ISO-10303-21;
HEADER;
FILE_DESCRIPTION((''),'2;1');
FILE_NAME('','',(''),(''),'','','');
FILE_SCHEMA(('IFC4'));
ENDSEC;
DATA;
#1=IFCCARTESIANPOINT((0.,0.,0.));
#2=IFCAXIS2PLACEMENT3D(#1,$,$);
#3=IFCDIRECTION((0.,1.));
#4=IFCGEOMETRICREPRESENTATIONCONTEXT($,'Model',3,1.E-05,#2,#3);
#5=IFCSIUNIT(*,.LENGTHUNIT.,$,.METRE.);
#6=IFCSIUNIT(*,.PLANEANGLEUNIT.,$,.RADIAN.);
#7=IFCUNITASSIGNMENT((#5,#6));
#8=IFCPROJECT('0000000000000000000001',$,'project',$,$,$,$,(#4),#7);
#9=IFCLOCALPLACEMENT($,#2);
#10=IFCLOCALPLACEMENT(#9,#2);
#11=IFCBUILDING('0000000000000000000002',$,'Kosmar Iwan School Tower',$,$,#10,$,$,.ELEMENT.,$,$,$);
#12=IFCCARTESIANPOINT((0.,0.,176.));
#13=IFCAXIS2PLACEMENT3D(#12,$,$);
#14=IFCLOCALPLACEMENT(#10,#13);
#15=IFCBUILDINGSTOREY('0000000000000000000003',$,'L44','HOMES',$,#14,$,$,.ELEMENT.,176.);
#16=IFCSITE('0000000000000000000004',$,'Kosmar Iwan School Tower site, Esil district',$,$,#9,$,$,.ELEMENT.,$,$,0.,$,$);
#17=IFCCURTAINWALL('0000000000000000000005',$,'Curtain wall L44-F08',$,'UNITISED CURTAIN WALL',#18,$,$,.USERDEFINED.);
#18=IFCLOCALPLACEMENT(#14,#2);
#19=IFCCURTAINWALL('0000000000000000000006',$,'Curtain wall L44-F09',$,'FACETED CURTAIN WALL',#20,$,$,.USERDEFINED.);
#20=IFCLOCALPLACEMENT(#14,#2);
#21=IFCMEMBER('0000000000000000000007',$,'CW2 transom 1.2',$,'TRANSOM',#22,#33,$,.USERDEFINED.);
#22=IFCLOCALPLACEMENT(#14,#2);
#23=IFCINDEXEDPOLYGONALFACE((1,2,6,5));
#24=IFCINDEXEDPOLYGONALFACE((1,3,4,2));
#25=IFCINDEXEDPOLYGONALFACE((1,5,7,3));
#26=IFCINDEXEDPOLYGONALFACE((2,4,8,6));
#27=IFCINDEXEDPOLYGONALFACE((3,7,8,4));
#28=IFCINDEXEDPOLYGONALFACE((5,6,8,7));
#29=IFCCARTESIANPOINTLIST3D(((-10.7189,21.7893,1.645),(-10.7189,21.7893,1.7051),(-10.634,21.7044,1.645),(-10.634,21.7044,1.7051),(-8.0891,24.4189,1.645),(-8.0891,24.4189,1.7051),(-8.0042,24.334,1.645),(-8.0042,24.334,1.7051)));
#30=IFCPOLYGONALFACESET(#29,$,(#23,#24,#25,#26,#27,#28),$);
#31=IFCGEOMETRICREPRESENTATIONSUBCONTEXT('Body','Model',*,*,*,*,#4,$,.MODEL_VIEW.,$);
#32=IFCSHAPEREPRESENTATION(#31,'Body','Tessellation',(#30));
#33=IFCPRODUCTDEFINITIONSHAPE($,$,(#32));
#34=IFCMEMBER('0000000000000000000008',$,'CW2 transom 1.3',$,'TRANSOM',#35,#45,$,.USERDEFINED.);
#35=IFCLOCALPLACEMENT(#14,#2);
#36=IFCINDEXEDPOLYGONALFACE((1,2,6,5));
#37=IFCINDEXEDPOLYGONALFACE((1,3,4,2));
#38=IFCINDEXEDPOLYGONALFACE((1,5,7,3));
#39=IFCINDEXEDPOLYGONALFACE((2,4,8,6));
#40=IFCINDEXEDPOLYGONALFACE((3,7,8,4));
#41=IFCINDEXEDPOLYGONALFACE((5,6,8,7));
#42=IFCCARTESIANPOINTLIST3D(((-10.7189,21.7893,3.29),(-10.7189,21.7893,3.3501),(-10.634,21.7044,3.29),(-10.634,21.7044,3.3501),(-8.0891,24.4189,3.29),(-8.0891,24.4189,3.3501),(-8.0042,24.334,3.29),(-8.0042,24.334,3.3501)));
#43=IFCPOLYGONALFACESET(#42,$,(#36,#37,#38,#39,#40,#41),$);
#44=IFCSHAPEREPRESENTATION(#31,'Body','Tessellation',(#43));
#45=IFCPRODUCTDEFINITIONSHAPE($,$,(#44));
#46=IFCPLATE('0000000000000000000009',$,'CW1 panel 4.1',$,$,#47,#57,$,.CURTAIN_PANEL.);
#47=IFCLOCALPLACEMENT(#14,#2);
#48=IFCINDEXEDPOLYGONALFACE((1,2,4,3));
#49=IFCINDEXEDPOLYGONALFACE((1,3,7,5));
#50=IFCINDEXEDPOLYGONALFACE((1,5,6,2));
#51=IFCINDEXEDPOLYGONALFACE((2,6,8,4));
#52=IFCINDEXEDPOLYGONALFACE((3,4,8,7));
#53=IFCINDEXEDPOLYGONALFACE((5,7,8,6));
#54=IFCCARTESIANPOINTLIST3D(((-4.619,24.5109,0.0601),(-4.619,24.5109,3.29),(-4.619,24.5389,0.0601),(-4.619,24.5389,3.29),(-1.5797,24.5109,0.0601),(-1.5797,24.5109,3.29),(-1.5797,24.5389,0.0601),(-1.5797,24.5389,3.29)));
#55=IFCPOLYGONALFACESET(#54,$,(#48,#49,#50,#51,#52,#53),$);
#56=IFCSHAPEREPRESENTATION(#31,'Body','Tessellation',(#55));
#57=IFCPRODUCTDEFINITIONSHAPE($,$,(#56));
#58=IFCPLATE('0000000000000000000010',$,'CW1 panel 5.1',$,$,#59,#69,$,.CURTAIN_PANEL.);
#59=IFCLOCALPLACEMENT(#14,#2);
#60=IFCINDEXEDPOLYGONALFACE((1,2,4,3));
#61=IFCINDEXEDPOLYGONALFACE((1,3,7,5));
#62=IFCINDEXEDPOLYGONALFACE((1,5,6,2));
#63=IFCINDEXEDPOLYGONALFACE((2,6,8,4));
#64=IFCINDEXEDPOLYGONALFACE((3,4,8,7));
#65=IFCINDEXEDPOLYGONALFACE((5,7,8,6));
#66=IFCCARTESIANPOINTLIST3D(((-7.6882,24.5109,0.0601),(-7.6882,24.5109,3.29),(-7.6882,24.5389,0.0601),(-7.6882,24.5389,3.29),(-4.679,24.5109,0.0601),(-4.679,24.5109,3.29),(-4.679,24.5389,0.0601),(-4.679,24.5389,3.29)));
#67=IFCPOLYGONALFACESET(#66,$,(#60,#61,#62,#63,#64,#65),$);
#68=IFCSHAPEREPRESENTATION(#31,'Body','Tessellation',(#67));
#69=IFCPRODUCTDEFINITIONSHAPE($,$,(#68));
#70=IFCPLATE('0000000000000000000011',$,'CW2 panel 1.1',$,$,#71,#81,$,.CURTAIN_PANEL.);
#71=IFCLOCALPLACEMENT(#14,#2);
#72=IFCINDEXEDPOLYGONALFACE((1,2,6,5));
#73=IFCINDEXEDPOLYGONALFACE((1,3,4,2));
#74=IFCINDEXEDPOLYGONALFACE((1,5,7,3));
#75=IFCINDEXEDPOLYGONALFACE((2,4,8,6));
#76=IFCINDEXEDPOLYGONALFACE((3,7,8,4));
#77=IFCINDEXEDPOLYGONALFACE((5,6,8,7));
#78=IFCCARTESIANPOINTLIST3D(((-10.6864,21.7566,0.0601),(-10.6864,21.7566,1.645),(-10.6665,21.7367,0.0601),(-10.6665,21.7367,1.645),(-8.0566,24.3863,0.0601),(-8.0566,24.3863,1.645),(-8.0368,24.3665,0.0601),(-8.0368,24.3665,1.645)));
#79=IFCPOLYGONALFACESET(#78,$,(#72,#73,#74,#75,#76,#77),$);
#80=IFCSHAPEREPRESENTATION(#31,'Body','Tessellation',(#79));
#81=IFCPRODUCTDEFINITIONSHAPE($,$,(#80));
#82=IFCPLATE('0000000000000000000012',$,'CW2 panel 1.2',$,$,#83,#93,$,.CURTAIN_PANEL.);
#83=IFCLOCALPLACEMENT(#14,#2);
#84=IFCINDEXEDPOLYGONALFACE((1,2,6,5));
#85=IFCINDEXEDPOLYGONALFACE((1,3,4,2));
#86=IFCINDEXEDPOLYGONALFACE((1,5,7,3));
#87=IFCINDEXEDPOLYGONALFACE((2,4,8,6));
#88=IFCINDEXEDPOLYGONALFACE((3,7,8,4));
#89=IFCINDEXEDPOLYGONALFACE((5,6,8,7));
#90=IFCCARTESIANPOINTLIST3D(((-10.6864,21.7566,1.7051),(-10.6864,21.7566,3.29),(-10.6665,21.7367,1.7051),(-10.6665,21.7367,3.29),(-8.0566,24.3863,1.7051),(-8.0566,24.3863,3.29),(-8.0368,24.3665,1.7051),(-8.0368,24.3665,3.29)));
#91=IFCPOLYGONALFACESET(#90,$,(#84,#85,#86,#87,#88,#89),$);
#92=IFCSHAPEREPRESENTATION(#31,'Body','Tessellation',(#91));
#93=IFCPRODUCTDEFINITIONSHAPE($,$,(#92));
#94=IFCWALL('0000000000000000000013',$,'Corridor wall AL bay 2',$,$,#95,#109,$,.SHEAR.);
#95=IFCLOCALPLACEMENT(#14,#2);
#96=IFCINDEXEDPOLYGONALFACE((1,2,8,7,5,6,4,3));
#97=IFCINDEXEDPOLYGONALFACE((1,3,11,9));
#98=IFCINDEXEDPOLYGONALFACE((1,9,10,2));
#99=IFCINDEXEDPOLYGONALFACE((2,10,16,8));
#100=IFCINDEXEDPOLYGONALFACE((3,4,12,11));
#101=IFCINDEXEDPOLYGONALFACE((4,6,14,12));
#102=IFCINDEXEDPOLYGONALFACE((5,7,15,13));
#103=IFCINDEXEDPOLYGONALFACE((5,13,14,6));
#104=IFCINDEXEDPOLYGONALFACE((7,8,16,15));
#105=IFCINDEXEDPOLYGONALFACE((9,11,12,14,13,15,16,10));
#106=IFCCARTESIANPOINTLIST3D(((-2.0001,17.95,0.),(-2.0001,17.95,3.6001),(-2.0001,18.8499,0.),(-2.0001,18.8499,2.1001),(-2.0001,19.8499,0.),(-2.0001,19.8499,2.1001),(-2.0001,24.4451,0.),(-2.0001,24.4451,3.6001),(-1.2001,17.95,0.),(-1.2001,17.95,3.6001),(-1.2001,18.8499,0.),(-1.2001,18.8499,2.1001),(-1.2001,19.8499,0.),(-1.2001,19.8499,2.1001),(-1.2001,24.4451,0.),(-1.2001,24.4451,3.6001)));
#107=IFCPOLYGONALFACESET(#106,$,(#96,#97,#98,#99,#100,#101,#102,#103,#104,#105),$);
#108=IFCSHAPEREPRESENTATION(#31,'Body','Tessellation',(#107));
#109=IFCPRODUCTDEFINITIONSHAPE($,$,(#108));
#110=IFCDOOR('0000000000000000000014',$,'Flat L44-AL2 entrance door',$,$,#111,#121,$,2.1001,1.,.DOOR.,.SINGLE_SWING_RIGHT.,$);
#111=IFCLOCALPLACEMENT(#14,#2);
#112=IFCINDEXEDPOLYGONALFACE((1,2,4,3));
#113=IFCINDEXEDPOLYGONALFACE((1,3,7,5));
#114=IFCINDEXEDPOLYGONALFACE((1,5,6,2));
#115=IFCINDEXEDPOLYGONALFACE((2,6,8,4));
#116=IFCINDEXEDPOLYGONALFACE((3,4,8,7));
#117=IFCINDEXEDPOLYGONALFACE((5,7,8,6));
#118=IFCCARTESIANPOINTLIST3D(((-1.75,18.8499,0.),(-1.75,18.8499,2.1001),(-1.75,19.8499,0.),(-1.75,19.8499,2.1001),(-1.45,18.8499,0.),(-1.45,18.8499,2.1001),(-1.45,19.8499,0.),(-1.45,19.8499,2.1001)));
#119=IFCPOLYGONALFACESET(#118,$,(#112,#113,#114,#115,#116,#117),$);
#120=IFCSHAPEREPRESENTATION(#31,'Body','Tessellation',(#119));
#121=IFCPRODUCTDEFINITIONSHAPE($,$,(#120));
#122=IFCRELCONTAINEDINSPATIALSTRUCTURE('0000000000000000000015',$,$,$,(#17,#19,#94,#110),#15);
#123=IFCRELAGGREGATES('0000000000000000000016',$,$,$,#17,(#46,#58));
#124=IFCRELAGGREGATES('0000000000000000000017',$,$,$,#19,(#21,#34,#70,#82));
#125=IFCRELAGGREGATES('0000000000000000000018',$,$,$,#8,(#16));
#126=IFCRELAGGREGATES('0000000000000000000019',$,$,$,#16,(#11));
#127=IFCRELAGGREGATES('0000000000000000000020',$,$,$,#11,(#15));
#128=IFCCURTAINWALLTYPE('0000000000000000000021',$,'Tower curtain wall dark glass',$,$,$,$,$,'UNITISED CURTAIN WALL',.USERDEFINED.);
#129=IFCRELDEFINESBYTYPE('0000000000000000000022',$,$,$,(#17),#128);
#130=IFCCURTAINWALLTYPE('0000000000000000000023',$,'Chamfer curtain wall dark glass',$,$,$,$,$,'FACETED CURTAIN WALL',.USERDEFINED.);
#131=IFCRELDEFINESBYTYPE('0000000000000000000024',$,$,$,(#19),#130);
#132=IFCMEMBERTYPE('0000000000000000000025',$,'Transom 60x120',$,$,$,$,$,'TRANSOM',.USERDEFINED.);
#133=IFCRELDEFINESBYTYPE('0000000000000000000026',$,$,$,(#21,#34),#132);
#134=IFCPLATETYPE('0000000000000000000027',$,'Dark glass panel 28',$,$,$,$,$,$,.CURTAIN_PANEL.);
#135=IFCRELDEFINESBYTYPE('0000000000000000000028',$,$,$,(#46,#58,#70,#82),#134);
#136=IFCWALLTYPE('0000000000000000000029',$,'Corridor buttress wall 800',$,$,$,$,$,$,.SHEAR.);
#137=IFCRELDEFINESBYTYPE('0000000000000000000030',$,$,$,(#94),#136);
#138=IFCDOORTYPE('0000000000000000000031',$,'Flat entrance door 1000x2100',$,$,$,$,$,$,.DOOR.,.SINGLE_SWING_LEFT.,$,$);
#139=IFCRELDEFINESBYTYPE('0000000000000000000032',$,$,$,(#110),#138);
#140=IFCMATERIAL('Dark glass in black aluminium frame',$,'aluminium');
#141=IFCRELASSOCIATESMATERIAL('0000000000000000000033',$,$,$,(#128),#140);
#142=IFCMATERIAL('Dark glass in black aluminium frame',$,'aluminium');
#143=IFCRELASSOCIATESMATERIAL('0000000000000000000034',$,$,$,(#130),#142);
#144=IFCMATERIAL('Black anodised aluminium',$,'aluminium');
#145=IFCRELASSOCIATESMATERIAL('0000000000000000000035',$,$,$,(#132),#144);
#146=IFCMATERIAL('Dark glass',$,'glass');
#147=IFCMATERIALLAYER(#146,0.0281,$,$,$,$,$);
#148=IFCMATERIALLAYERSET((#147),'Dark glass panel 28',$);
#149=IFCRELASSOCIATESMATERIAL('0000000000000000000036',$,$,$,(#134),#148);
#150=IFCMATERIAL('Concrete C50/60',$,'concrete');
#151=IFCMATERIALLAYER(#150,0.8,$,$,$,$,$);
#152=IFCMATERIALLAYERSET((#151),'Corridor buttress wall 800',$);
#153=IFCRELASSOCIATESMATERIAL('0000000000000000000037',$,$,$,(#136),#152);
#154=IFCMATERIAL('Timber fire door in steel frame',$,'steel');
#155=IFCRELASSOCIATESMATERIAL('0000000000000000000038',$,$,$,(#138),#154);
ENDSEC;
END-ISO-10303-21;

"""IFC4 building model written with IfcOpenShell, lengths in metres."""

from ifc_helpers import new_model, si_unit, direction, frame, frame_2d, origin, origin_2d, place, context, subcontext, project, spatial, rectangle, extrude, material, layer, layer_set, material_profile, profile_set, type_object, element, fill, aggregate, save


model = new_model("IFC4")

# Units and contexts
model_context = context("Model", 3, precision=1e-05, world=origin(), true_north=direction((0.0, 1.0)))
body_context = subcontext(model_context, "Body", "Model", "MODEL_VIEW")
ifc_project = project(units=[si_unit("LENGTHUNIT", "METRE"), si_unit("PLANEANGLEUNIT", "RADIAN")], contexts=[model_context])

# Site, building, storey
site_placement = place(None, origin())
site = spatial("IfcSite", under=ifc_project, at=site_placement, Name="Kosmar Iwan School Tower site, Esil district", CompositionType="ELEMENT", RefElevation=0.0)
building_placement = place(site_placement, origin())
building = spatial("IfcBuilding", under=site, at=building_placement, Name="Kosmar Iwan School Tower", CompositionType="ELEMENT")
storey_placement = place(building_placement, frame((0.0, 0.0, 176.0)))
storey = spatial("IfcBuildingStorey", under=building, at=storey_placement, Name="L44", Description="HOMES", CompositionType="ELEMENT", Elevation=176.0)

# Curtain walls
ifc_material_1 = material(Name="Dark glass in black aluminium frame", Category="aluminium")
curtain_wall_type_1 = type_object("IfcCurtainWallType", Name="Tower curtain wall dark glass", ElementType="UNITISED CURTAIN WALL", PredefinedType="USERDEFINED", material=ifc_material_1)
curtain_wall_1_placement = place(storey_placement, origin())
curtain_wall_1 = element("IfcCurtainWall", 1, at=curtain_wall_1_placement, inside=storey, type_object=curtain_wall_type_1, Name="Curtain wall L44-F08", ObjectType="UNITISED CURTAIN WALL", PredefinedType="USERDEFINED")
ifc_material_2 = material(Name="Dark glass in black aluminium frame", Category="aluminium")
curtain_wall_type_2 = type_object("IfcCurtainWallType", Name="Chamfer curtain wall dark glass", ElementType="FACETED CURTAIN WALL", PredefinedType="USERDEFINED", material=ifc_material_2)
curtain_wall_2_placement = place(storey_placement, origin())
curtain_wall_2 = element("IfcCurtainWall", 2, at=curtain_wall_2_placement, inside=storey, type_object=curtain_wall_type_2, Name="Curtain wall L44-F09", ObjectType="FACETED CURTAIN WALL", PredefinedType="USERDEFINED")

# Members
ifc_material_3 = material(Name="Black anodised aluminium", Category="aluminium")
ifc_material_profile_1 = material_profile(ifc_material_3, rectangle(XDim=0.1201, YDim=0.0601, at=origin_2d()), Name="TRANSOM 60x120")
ifc_profile_set_1 = profile_set([ifc_material_profile_1], Name="Black anodised aluminium")
member_type_1 = type_object("IfcMemberType", Name="Transom 60x120", ElementType="TRANSOM", PredefinedType="USERDEFINED", material=ifc_profile_set_1)
member_1_placement = place(storey_placement, frame((-8.0466, 24.3765, 1.675), z_axis=(-0.70714, -0.707074, 0.0), x_axis=(0.707074, -0.70714, 0.0)))
member_1 = element("IfcMember", 3, at=member_1_placement, type_object=member_type_1, Name="CW2 transom 1.2", ObjectType="TRANSOM", PredefinedType="USERDEFINED", context=body_context, shape_type="SweptSolid", body=[
    extrude(rectangle(XDim=0.1201, YDim=0.0601, at=origin_2d()), origin(), (0.0, 0.0, 1.0), 3.719),
])
member_2_placement = place(storey_placement, frame((-8.0466, 24.3765, 3.3201), z_axis=(-0.70714, -0.707074, 0.0), x_axis=(0.707074, -0.70714, 0.0)))
member_2 = element("IfcMember", 4, at=member_2_placement, type_object=member_type_1, Name="CW2 transom 1.3", ObjectType="TRANSOM", PredefinedType="USERDEFINED", context=body_context, shape_type="SweptSolid", body=[
    extrude(rectangle(XDim=0.1201, YDim=0.0601, at=origin_2d()), origin(), (0.0, 0.0, 1.0), 3.719),
])

# Plates
ifc_material_4 = material(Name="Dark glass", Category="glass")
ifc_layer_1 = layer(ifc_material_4, 0.0281)
ifc_layer_set_1 = layer_set([ifc_layer_1], Name="Dark glass panel 28")
plate_type = type_object("IfcPlateType", Name="Dark glass panel 28", PredefinedType="CURTAIN_PANEL", material=ifc_layer_set_1)
plate_1_placement = place(storey_placement, frame((-3.0994, 24.5249, 0.0601), z_axis=(0.0, 0.0, 1.0), x_axis=(-1.0, 0.0, 0.0)))
plate_1 = element("IfcPlate", 5, at=plate_1_placement, type_object=plate_type, Name="CW1 panel 4.1", PredefinedType="CURTAIN_PANEL", context=body_context, shape_type="SweptSolid", body=[
    extrude(rectangle(XDim=3.0393, YDim=0.0281, at=origin_2d()), origin(), (0.0, 0.0, 1.0), 3.23),
])
plate_2_placement = place(storey_placement, frame((-6.1836, 24.5249, 0.0601), z_axis=(0.0, 0.0, 1.0), x_axis=(-1.0, 0.0, 0.0)))
plate_2 = element("IfcPlate", 6, at=plate_2_placement, type_object=plate_type, Name="CW1 panel 5.1", PredefinedType="CURTAIN_PANEL", context=body_context, shape_type="SweptSolid", body=[
    extrude(rectangle(XDim=3.0093, YDim=0.0281, at=origin_2d()), origin(), (0.0, 0.0, 1.0), 3.23),
])
aggregate(curtain_wall_1, [plate_1, plate_2])
plate_3_placement = place(storey_placement, frame((-9.3616, 23.0615, 0.0601), z_axis=(0.0, 0.0, 1.0), x_axis=(-0.707107, -0.707107, 0.0)))
plate_3 = element("IfcPlate", 7, at=plate_3_placement, type_object=plate_type, Name="CW2 panel 1.1", PredefinedType="CURTAIN_PANEL", context=body_context, shape_type="SweptSolid", body=[
    extrude(rectangle(XDim=3.719, YDim=0.0281, at=origin_2d()), origin(), (0.0, 0.0, 1.0), 1.585),
])
plate_4_placement = place(storey_placement, frame((-9.3616, 23.0615, 1.7051), z_axis=(0.0, 0.0, 1.0), x_axis=(-0.707107, -0.707107, 0.0)))
plate_4 = element("IfcPlate", 8, at=plate_4_placement, type_object=plate_type, Name="CW2 panel 1.2", PredefinedType="CURTAIN_PANEL", context=body_context, shape_type="SweptSolid", body=[
    extrude(rectangle(XDim=3.719, YDim=0.0281, at=origin_2d()), origin(), (0.0, 0.0, 1.0), 1.585),
])
aggregate(curtain_wall_2, [member_1, member_2, plate_3, plate_4])

# Wall, opening, door
ifc_material_5 = material(Name="Concrete C50/60", Category="concrete")
ifc_layer_2 = layer(ifc_material_5, 0.8)
ifc_layer_set_2 = layer_set([ifc_layer_2], Name="Corridor buttress wall 800")
wall_type_1 = type_object("IfcWallType", Name="Corridor buttress wall 800", PredefinedType="SHEAR", material=ifc_layer_set_2)
wall_1_placement = place(storey_placement, frame((-1.6001, 17.95, 0.0), z_axis=(0.0, 0.0, 1.0), x_axis=(0.0, 1.0, 0.0)))
wall_1 = element("IfcWall", 9, at=wall_1_placement, inside=storey, type_object=wall_type_1, Name="Corridor wall AL bay 2", PredefinedType="SHEAR", context=body_context, shape_type="SweptSolid", body=[
    extrude(rectangle(XDim=6.4951, YDim=0.8, at=frame_2d((3.2476, 0.0))), origin(), (0.0, 0.0, 1.0), 3.6001),
])
opening_1_placement = place(wall_1_placement, frame((0.8999, 0.0, 0.0)))
opening_1 = element("IfcOpeningElement", 10, at=opening_1_placement, cuts=wall_1, PredefinedType="OPENING", context=body_context, shape_type="SweptSolid", body=[
    extrude(rectangle(XDim=1.0, YDim=2.1001, at=frame_2d((0.5, 1.05))), frame((0.0, 0.4121, 0.0), z_axis=(0.0, -1.0, 0.0), x_axis=(1.0, 0.0, 0.0)), (0.0, 0.0, 1.0), 0.824),
])
ifc_material_6 = material(Name="Timber fire door in steel frame", Category="steel")
door_type_1 = type_object("IfcDoorType", Name="Flat entrance door 1000x2100", OperationType="SINGLE_SWING_LEFT", PredefinedType="DOOR", material=ifc_material_6)
door_1_placement = place(opening_1_placement, origin())
door_1 = element("IfcDoor", 11, at=door_1_placement, inside=storey, type_object=door_type_1, Name="Flat L44-AL2 entrance door", OperationType="SINGLE_SWING_RIGHT", OverallHeight=2.1001, OverallWidth=1.0, PredefinedType="DOOR", context=body_context, shape_type="SweptSolid", body=[
    extrude(rectangle(XDim=1.0, YDim=2.1001, at=frame_2d((0.5, 1.05))), frame((0.0, 0.1499, 0.0), z_axis=(0.0, -1.0, 0.0), x_axis=(1.0, 0.0, 0.0)), (0.0, 0.0, 1.0), 0.3),
])
fill(opening_1, door_1)

save(model, "model.ifc")
